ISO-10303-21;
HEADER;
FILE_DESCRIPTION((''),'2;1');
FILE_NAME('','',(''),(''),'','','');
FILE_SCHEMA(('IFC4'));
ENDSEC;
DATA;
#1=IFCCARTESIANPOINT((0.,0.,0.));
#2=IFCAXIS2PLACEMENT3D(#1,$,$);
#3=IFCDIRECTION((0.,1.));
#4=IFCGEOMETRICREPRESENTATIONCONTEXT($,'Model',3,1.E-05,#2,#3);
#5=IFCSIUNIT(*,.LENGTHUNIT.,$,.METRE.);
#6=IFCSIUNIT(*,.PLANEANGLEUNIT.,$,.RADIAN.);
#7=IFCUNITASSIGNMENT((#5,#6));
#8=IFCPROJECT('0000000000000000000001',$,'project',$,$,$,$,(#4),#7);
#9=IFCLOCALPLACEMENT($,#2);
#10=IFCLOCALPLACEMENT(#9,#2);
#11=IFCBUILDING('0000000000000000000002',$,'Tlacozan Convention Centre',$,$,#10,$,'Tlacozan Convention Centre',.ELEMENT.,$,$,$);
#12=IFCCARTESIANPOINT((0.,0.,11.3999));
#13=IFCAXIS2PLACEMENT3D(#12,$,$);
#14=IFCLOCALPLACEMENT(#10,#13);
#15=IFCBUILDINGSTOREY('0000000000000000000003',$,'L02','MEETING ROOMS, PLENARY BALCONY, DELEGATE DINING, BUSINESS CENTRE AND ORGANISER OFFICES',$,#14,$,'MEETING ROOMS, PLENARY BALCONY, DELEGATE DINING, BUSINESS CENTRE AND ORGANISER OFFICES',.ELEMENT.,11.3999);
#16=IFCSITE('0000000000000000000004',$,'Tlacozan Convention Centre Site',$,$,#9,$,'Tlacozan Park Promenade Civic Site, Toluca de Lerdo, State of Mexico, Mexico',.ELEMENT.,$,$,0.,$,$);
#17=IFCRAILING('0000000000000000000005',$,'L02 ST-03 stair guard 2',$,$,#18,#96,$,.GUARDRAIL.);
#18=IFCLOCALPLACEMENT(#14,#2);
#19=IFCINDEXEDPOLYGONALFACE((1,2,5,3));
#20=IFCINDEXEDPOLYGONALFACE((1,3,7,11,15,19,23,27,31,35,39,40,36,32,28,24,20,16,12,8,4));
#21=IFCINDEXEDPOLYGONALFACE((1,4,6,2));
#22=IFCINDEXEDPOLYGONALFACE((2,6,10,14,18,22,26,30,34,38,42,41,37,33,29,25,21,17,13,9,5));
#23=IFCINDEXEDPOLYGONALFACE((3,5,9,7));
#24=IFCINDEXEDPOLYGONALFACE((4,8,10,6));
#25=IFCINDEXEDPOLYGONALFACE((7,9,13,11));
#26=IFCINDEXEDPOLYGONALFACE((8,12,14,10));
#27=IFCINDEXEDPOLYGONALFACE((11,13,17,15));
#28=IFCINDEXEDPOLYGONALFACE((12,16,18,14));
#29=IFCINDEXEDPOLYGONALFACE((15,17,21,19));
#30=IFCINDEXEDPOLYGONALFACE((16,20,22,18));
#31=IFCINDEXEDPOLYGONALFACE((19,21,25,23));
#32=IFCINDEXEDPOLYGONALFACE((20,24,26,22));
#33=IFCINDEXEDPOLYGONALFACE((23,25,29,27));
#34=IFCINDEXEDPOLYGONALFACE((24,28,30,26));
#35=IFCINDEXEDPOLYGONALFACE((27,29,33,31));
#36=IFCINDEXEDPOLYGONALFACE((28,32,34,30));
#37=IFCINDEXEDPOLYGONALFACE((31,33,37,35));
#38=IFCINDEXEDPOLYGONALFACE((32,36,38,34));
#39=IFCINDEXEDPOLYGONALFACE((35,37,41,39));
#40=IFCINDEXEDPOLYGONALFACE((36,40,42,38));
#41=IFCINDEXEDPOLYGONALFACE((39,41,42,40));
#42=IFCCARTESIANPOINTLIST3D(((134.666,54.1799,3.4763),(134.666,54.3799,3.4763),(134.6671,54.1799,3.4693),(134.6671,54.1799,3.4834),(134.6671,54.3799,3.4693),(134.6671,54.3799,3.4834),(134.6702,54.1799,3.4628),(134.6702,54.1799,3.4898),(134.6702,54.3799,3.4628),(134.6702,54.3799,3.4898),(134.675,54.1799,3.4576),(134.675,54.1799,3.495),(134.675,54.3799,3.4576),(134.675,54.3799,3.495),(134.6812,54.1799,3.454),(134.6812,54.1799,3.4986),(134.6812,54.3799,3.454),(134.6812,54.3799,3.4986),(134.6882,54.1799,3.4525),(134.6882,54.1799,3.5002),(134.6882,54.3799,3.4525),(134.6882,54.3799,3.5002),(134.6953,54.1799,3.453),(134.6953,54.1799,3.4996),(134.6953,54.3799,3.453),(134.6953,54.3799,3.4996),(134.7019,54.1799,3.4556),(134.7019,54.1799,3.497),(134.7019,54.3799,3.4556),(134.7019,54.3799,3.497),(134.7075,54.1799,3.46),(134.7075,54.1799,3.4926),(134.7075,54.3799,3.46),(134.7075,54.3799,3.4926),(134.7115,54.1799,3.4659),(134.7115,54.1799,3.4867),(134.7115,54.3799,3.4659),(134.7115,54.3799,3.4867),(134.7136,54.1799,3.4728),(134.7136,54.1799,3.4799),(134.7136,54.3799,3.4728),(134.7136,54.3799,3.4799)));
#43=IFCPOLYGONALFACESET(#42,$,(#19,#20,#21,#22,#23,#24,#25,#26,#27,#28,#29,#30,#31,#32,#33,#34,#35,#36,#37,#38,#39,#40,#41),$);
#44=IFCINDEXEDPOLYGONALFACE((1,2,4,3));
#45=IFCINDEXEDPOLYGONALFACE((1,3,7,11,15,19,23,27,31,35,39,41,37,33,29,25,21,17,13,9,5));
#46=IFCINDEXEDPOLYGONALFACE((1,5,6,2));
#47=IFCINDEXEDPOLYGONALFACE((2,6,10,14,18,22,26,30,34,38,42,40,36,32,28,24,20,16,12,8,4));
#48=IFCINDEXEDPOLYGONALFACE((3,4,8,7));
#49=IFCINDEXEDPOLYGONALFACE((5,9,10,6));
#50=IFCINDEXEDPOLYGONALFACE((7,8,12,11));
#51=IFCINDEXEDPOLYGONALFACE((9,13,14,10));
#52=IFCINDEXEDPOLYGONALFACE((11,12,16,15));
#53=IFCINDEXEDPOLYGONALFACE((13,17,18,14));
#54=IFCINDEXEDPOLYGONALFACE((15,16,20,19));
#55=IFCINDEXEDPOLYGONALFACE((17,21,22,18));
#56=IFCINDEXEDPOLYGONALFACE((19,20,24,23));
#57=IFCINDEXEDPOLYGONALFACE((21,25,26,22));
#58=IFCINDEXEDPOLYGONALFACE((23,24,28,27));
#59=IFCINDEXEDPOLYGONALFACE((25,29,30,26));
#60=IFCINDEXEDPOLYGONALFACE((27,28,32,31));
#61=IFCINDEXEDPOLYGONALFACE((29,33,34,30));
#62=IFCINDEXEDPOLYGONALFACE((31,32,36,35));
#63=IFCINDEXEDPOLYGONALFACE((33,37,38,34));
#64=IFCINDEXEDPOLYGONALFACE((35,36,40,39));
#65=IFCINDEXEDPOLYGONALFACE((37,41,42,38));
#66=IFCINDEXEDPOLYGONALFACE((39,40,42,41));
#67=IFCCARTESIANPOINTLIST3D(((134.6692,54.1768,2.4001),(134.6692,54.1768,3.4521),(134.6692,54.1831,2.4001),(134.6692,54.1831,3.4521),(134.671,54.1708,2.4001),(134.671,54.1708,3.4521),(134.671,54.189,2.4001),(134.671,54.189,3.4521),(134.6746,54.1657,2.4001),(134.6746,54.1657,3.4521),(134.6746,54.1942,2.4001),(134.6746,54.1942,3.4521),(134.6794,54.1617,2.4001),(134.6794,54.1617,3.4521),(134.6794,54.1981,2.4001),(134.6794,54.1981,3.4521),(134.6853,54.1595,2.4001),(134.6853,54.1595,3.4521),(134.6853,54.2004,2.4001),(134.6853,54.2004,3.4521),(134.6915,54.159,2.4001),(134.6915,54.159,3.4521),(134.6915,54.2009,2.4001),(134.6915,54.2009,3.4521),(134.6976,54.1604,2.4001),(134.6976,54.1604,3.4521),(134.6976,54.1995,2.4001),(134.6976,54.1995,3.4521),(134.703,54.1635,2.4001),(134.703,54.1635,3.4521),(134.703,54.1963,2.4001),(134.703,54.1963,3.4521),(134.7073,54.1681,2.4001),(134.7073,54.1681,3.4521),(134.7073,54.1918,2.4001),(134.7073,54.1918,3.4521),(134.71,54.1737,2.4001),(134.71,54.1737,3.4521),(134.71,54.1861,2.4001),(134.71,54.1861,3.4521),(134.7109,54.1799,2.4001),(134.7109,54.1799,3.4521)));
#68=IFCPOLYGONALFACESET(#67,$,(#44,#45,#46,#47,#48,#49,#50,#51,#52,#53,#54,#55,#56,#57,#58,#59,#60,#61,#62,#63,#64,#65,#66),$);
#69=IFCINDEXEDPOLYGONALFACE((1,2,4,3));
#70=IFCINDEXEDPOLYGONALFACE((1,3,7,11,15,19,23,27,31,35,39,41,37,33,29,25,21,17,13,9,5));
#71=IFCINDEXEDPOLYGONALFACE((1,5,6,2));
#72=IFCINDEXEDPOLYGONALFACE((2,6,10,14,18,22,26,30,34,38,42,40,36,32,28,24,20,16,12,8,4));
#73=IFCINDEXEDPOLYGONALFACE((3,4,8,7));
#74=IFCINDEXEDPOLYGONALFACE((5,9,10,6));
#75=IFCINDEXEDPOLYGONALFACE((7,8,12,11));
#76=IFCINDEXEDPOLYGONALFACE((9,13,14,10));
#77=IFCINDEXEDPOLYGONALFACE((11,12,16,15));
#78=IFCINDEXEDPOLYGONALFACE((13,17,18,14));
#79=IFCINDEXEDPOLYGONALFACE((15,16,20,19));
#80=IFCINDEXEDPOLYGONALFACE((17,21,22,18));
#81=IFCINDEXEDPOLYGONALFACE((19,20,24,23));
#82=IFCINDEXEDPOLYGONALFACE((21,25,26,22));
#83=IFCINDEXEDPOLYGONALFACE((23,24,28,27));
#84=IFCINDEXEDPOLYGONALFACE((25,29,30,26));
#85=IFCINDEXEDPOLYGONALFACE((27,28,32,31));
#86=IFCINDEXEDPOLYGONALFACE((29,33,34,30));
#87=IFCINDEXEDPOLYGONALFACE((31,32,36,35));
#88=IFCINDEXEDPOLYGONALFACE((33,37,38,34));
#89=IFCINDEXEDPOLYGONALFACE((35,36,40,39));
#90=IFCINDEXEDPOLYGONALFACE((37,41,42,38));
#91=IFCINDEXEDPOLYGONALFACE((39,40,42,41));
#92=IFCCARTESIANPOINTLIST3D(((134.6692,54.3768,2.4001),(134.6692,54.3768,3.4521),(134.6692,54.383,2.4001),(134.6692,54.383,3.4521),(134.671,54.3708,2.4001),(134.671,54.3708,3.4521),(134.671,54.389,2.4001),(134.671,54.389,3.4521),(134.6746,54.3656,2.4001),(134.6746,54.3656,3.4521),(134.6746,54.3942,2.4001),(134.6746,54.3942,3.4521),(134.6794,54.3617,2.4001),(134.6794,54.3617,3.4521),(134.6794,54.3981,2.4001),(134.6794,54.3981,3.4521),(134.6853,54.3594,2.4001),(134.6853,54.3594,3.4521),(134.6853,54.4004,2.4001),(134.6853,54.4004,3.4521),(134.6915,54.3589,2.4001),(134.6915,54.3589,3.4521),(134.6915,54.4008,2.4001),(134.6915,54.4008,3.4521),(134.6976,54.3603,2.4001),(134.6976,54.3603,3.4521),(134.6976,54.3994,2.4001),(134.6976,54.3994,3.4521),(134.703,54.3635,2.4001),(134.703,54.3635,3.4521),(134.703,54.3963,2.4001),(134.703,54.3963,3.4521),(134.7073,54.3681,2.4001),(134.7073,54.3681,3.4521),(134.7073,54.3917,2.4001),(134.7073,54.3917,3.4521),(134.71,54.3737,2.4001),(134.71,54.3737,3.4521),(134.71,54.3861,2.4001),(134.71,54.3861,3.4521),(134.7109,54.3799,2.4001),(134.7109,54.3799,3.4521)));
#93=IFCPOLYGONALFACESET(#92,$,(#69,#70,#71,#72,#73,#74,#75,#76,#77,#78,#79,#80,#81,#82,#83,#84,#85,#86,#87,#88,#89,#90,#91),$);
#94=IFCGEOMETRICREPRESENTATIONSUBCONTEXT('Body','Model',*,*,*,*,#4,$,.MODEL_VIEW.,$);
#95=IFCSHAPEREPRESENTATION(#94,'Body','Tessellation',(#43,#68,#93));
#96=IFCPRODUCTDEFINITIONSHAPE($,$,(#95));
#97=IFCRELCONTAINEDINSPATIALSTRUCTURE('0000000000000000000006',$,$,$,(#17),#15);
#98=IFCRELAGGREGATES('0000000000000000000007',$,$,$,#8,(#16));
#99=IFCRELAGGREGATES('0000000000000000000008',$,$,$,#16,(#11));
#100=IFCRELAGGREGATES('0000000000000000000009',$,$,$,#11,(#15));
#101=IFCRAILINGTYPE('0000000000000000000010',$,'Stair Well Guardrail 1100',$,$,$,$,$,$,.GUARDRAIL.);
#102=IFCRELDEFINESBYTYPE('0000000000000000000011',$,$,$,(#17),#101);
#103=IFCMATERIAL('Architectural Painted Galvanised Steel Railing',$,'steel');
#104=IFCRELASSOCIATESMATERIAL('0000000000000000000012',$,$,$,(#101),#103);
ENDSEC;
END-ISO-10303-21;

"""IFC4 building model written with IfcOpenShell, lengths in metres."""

from ifc_helpers import new_model, si_unit, direction, frame, origin, origin_2d, place, context, subcontext, project, spatial, circle, extrude, material, type_object, element, save


model = new_model("IFC4")

# Units and contexts
model_context = context("Model", 3, precision=1e-05, world=origin(), true_north=direction((0.0, 1.0)))
body_context = subcontext(model_context, "Body", "Model", "MODEL_VIEW")
ifc_project = project(units=[si_unit("LENGTHUNIT", "METRE"), si_unit("PLANEANGLEUNIT", "RADIAN")], contexts=[model_context])

# Site, building, storey
site_placement = place(None, origin())
site = spatial("IfcSite", under=ifc_project, at=site_placement, Name="Tlacozan Convention Centre Site", LongName="Tlacozan Park Promenade Civic Site, Toluca de Lerdo, State of Mexico, Mexico", CompositionType="ELEMENT", RefElevation=0.0)
building_placement = place(site_placement, origin())
building = spatial("IfcBuilding", under=site, at=building_placement, Name="Tlacozan Convention Centre", LongName="Tlacozan Convention Centre", CompositionType="ELEMENT")
storey_placement = place(building_placement, frame((0.0, 0.0, 11.3999)))
storey = spatial("IfcBuildingStorey", under=building, at=storey_placement, Name="L02", Description="MEETING ROOMS, PLENARY BALCONY, DELEGATE DINING, BUSINESS CENTRE AND ORGANISER OFFICES", LongName="MEETING ROOMS, PLENARY BALCONY, DELEGATE DINING, BUSINESS CENTRE AND ORGANISER OFFICES", CompositionType="ELEMENT", Elevation=11.3999)

# Railing
ifc_material_1 = material(Name="Architectural Painted Galvanised Steel Railing", Category="steel")
railing_type_1 = type_object("IfcRailingType", Name="Stair Well Guardrail 1100", PredefinedType="GUARDRAIL", material=ifc_material_1)
railing_1_placement = place(storey_placement, frame((134.6899, 54.1799, 2.4001)))
element("IfcRailing", 1, at=railing_1_placement, inside=storey, type_object=railing_type_1, Name="L02 ST-03 stair guard 2", PredefinedType="GUARDRAIL", context=body_context, shape_type="SweptSolid", body=[
    extrude(circle(Radius=0.0239, at=origin_2d()), frame((0.0, 0.0, 1.0762), z_axis=(0.0, 1.0, 0.0), x_axis=(-1.0, 0.0, 0.0)), (0.0, 0.0, 1.0), 0.2),
    extrude(circle(Radius=0.021, at=origin_2d()), origin(), (0.0, 0.0, 1.0), 1.052),
    extrude(circle(Radius=0.021, at=origin_2d()), frame((0.0, 0.2, 0.0)), (0.0, 0.0, 1.0), 1.052),
])

save(model, "model.ifc")
